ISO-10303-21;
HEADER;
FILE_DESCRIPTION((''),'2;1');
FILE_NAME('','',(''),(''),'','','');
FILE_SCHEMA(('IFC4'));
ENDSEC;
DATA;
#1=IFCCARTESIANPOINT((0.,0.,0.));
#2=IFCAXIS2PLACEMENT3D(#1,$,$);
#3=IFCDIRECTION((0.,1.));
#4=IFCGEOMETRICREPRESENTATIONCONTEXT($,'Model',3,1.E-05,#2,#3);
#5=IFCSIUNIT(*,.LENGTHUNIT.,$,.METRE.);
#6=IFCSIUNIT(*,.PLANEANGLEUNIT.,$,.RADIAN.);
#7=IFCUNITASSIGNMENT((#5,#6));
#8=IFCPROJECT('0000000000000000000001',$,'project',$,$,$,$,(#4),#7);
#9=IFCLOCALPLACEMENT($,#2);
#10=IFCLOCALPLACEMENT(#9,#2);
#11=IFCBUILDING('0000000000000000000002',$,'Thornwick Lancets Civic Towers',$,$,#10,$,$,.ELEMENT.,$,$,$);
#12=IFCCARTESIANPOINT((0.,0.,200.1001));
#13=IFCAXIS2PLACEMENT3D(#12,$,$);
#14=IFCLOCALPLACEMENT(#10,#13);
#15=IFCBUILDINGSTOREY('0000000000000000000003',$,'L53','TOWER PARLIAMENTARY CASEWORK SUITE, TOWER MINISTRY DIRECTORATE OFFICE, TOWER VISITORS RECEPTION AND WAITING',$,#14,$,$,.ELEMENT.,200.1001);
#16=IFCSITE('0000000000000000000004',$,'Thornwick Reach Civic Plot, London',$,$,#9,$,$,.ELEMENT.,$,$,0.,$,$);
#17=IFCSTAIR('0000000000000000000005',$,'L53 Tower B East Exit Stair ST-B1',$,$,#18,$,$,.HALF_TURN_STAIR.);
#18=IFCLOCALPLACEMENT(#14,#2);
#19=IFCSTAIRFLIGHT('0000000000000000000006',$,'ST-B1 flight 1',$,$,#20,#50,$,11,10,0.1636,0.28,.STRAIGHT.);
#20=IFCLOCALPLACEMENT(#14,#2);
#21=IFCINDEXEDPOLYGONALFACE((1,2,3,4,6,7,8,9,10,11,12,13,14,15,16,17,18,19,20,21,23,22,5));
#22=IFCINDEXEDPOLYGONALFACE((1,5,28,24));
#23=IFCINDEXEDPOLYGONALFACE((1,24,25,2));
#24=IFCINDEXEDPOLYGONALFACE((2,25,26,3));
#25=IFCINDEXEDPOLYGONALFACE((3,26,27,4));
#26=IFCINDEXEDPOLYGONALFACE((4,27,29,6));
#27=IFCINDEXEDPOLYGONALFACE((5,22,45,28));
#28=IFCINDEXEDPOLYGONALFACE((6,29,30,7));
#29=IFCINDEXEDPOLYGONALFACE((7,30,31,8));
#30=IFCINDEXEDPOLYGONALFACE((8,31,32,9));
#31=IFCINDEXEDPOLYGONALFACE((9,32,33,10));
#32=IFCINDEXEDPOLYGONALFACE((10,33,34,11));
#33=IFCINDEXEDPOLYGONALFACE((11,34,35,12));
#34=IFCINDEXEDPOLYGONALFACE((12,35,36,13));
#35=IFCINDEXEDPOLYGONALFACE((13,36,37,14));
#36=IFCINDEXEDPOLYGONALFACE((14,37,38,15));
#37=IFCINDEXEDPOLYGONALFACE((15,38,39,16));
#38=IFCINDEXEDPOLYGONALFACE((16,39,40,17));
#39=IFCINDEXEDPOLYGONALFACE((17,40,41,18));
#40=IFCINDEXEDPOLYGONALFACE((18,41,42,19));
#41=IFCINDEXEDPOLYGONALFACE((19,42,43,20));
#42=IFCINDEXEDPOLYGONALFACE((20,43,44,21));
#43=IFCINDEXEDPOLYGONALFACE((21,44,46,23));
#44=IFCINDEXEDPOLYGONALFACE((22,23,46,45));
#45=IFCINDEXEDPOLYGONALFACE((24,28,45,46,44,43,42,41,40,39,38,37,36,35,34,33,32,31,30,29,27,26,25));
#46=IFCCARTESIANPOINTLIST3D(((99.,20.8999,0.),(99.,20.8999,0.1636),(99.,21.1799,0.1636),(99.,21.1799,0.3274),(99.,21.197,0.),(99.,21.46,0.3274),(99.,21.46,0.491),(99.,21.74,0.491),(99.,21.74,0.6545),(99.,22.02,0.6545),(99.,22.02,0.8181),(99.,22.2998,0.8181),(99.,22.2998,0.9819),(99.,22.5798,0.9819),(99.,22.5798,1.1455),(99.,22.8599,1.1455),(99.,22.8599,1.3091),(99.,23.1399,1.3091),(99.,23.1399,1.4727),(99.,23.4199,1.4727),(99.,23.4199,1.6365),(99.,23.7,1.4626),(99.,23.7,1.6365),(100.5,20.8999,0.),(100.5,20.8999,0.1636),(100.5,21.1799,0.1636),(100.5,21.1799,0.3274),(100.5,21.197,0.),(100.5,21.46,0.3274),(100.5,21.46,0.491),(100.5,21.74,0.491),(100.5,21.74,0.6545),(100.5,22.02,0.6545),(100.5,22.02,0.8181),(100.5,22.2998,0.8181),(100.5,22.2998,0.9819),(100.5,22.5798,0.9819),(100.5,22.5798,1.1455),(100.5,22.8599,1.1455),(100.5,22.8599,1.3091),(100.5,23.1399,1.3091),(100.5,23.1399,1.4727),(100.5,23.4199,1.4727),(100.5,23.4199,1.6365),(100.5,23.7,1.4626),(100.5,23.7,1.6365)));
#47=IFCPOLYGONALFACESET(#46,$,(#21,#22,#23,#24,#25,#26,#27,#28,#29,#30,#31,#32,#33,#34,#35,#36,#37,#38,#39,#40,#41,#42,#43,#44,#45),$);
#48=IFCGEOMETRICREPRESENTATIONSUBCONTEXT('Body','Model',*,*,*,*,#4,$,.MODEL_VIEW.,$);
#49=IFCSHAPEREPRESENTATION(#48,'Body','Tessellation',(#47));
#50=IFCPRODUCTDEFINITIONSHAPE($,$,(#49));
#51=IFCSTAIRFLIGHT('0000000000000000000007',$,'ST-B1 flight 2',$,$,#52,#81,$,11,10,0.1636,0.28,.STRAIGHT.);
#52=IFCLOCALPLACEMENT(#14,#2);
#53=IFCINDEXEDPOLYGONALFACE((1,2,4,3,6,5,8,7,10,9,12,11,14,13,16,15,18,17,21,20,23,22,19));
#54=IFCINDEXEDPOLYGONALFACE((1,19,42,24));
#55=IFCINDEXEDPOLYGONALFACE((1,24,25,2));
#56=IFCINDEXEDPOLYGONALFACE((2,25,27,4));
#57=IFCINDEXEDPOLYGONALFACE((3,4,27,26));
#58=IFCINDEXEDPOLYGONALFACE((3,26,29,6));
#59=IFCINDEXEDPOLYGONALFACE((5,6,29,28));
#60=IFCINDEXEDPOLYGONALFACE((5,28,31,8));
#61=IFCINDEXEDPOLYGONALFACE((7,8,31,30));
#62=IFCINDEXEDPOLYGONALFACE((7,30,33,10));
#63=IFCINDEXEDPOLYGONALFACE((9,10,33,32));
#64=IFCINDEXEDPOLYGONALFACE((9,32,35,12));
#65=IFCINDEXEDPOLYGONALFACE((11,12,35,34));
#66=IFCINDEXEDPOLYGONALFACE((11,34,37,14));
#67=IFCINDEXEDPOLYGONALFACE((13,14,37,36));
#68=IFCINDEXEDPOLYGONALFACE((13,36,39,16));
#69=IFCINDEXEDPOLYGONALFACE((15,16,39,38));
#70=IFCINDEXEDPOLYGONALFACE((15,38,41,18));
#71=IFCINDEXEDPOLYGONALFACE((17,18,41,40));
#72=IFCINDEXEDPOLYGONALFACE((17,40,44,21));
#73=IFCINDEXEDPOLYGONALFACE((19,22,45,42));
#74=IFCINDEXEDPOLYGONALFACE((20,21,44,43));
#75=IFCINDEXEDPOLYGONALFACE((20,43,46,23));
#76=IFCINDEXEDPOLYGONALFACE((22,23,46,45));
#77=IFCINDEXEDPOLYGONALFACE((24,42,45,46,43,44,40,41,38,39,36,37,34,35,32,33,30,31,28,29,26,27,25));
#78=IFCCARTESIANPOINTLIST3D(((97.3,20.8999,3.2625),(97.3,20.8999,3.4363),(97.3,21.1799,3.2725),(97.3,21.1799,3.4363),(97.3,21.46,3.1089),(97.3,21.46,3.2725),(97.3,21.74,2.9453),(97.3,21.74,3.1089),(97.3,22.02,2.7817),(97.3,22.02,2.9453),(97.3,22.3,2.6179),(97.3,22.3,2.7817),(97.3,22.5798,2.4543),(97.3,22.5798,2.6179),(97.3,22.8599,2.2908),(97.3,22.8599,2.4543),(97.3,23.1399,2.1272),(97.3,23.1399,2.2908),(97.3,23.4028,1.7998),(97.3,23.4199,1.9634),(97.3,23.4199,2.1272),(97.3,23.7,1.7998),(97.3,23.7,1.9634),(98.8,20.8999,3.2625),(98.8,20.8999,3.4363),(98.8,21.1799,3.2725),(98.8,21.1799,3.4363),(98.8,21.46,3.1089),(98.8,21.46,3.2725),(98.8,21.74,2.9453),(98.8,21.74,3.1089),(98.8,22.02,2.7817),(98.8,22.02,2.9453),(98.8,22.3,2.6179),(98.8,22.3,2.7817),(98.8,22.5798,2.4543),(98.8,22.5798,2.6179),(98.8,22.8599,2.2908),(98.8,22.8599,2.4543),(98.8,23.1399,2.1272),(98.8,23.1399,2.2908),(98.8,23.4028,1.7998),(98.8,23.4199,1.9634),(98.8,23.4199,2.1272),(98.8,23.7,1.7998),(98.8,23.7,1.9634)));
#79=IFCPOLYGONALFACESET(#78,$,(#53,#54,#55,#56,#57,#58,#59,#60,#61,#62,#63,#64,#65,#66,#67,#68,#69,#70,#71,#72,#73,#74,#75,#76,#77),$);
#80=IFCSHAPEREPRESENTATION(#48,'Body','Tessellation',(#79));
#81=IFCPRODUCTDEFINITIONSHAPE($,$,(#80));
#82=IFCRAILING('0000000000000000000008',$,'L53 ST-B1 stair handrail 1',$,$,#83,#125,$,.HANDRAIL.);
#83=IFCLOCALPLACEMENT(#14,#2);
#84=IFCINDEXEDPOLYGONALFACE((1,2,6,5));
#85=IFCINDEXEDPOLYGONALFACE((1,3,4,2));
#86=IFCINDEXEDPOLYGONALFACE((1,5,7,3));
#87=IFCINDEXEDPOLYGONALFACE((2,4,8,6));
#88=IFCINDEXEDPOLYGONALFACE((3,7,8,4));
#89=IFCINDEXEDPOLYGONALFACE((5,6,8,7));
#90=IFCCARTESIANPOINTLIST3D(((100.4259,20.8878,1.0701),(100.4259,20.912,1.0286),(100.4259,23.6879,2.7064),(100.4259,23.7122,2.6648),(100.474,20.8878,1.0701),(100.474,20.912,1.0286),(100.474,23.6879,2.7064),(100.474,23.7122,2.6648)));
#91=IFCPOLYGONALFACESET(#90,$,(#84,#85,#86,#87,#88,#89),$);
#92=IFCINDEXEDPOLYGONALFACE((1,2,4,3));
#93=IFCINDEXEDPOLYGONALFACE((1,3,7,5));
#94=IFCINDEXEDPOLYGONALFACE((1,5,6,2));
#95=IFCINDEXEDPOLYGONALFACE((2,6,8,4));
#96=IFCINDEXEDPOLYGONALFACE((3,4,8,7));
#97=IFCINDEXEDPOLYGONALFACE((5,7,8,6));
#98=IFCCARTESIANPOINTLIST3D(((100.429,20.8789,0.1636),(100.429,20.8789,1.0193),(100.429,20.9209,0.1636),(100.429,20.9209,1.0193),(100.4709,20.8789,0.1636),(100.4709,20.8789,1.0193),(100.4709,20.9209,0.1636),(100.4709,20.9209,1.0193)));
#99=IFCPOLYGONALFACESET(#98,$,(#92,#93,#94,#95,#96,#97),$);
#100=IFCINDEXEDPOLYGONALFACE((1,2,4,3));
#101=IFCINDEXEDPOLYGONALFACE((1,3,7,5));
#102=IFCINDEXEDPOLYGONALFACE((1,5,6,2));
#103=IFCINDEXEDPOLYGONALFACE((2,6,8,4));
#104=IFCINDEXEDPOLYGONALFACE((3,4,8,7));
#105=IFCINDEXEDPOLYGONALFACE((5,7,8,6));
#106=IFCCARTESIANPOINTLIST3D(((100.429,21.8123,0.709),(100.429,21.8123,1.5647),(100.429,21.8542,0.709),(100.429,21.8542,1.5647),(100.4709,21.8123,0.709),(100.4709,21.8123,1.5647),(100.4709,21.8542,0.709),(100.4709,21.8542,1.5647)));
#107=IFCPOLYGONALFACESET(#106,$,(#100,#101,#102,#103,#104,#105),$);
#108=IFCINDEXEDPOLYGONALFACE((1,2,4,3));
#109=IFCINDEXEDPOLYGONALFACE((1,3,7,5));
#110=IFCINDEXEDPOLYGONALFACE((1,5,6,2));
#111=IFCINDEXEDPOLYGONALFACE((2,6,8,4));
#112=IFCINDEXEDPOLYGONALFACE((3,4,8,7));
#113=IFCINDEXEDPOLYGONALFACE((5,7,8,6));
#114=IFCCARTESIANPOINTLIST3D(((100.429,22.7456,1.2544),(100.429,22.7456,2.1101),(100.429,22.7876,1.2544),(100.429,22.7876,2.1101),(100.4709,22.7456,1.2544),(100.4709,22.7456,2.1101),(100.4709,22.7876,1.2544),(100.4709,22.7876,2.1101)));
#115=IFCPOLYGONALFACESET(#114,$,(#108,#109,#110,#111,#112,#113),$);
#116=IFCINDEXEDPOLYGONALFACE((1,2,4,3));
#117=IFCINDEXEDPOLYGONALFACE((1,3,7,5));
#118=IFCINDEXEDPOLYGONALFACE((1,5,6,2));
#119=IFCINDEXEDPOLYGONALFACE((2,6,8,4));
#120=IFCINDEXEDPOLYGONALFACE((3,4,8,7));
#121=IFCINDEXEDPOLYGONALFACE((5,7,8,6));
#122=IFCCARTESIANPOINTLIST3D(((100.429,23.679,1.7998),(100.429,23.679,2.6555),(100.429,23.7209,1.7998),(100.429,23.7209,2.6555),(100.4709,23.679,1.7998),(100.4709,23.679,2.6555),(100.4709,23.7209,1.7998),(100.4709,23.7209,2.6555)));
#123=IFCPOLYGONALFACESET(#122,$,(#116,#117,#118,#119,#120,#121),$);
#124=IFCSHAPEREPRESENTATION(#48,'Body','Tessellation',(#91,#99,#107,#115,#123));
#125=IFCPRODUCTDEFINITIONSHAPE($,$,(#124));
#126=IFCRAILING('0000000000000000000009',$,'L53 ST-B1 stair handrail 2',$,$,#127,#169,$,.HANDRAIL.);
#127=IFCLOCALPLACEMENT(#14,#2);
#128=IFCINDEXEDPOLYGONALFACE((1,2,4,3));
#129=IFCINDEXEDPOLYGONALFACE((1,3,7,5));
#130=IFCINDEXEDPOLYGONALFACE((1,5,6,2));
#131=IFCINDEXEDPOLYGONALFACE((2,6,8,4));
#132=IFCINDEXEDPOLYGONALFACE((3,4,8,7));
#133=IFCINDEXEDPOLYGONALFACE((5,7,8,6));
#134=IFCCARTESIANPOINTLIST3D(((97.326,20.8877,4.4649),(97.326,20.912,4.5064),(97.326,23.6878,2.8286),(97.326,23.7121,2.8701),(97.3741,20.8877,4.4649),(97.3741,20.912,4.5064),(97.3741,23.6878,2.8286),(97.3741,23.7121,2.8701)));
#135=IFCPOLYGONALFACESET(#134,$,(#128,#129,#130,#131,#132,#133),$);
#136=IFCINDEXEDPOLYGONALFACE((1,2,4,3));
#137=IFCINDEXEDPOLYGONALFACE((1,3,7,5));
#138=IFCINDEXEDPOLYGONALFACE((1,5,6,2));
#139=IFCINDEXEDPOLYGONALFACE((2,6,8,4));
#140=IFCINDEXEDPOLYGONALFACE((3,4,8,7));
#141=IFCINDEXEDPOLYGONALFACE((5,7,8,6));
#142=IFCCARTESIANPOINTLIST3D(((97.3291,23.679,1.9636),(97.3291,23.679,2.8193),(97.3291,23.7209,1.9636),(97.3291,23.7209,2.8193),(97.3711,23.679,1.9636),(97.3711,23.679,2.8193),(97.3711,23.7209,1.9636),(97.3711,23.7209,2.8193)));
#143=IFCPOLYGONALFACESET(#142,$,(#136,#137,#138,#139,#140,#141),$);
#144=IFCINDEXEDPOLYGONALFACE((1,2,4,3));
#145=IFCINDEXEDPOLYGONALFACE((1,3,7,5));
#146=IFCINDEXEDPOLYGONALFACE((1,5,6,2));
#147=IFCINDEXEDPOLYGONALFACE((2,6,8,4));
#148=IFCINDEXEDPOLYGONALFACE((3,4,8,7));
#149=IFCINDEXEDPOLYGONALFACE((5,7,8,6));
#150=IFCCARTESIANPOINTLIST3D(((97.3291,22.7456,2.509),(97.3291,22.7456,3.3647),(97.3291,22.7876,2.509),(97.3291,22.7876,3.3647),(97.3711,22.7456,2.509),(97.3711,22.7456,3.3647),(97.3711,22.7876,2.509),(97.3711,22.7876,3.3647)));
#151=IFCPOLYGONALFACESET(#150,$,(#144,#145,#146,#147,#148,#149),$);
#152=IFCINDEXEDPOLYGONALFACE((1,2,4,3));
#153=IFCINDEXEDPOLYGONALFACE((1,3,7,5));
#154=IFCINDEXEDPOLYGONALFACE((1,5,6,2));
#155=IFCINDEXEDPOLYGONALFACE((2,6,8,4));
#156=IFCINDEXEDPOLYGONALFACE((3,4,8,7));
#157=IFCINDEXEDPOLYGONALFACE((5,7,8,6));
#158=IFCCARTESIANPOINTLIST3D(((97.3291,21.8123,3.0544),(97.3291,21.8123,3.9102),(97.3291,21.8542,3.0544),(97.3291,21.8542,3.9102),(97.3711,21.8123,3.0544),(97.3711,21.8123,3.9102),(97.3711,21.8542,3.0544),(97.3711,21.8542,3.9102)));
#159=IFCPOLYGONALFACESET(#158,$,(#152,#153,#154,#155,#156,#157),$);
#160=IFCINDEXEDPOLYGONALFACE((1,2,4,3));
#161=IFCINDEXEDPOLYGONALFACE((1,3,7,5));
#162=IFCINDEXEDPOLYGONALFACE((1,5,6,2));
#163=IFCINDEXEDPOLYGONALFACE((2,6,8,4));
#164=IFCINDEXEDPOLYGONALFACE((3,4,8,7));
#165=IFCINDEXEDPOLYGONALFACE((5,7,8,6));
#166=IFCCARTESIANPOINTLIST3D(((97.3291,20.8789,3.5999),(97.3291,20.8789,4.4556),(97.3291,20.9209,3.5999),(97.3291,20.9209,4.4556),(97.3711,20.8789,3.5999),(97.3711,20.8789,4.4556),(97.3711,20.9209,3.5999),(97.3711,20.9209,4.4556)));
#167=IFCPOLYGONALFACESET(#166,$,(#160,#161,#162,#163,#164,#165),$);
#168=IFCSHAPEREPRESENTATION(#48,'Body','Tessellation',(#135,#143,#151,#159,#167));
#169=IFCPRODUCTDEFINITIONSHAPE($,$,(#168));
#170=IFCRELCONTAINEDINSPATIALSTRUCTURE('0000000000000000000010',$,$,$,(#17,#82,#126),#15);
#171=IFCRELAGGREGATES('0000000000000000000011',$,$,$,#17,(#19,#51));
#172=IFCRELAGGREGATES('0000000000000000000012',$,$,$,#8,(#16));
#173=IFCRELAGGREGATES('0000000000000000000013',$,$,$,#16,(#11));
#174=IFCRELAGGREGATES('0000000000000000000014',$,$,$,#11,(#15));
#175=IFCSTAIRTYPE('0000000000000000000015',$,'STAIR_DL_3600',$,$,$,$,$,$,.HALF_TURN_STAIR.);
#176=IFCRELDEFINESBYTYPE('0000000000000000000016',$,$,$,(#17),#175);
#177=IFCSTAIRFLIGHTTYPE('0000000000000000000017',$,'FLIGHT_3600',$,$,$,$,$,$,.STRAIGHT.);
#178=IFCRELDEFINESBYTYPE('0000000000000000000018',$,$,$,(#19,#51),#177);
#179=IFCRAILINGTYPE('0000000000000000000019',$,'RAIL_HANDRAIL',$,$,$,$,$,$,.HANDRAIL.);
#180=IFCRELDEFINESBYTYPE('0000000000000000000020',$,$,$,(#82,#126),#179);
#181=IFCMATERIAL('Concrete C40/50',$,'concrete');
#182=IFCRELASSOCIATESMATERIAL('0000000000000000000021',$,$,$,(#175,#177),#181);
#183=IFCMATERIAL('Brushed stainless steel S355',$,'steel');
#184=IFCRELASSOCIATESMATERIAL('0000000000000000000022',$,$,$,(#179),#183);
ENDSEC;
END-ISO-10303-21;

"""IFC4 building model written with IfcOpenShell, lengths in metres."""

from ifc_helpers import new_model, si_unit, direction, frame, origin, origin_2d, place, context, subcontext, project, spatial, polyline, rectangle, outline, extrude, material, type_object, element, aggregate, save


model = new_model("IFC4")

# Units and contexts
model_context = context("Model", 3, precision=1e-05, world=origin(), true_north=direction((0.0, 1.0)))
body_context = subcontext(model_context, "Body", "Model", "MODEL_VIEW")
ifc_project = project(units=[si_unit("LENGTHUNIT", "METRE"), si_unit("PLANEANGLEUNIT", "RADIAN")], contexts=[model_context])

# Site, building, storey
site_placement = place(None, origin())
site = spatial("IfcSite", under=ifc_project, at=site_placement, Name="Thornwick Reach Civic Plot, London", CompositionType="ELEMENT", RefElevation=0.0)
building_placement = place(site_placement, origin())
building = spatial("IfcBuilding", under=site, at=building_placement, Name="Thornwick Lancets Civic Towers", CompositionType="ELEMENT")
storey_placement = place(building_placement, frame((0.0, 0.0, 200.1001)))
storey = spatial("IfcBuildingStorey", under=building, at=storey_placement, Name="L53", Description="TOWER PARLIAMENTARY CASEWORK SUITE, TOWER MINISTRY DIRECTORATE OFFICE, TOWER VISITORS RECEPTION AND WAITING", CompositionType="ELEMENT", Elevation=200.1001)

# Shared definitions
ifc_material_1 = material(Name="Concrete C40/50", Category="concrete")

# Stair, stair flights
stair_type = type_object("IfcStairType", Name="STAIR_DL_3600", PredefinedType="HALF_TURN_STAIR", material=ifc_material_1)
stair_placement = place(storey_placement, origin())
stair = element("IfcStair", 1, at=stair_placement, inside=storey, type_object=stair_type, Name="L53 Tower B East Exit Stair ST-B1", PredefinedType="HALF_TURN_STAIR")
stair_flight_type = type_object("IfcStairFlightType", Name="FLIGHT_3600", PredefinedType="STRAIGHT", material=ifc_material_1)
stair_flight_1_placement = place(storey_placement, frame((99.75, 20.8999, 0.0), z_axis=(0.0, 0.0, 1.0), x_axis=(0.0, 1.0, 0.0)))
stair_flight_1 = element("IfcStairFlight", 2, at=stair_flight_1_placement, type_object=stair_flight_type, Name="ST-B1 flight 1", NumberOfRisers=11, NumberOfTreads=10, PredefinedType="STRAIGHT", RiserHeight=0.1636, TreadLength=0.28, context=body_context, shape_type="SweptSolid", body=[
    extrude(outline(polyline([(0.0, 0.0), (0.0, 0.1636), (0.28, 0.1636), (0.28, 0.3274), (0.5601, 0.3274), (0.5601, 0.491), (0.8401, 0.491), (0.8401, 0.6545), (1.1201, 0.6545), (1.1201, 0.8181), (1.3999, 0.8181), (1.3999, 0.9819), (1.6799, 0.9819), (1.6799, 1.1455), (1.96, 1.1455), (1.96, 1.3091), (2.24, 1.3091), (2.24, 1.4727), (2.52, 1.4727), (2.52, 1.6365), (2.8, 1.6365), (2.8, 1.8), (2.8, 1.4626), (0.2971, 0.0), (0.0, 0.0)])), frame((0.0, 0.75, 0.0), z_axis=(0.0, -1.0, 0.0), x_axis=(1.0, 0.0, 0.0)), (0.0, 0.0, 1.0), 1.5),
])
stair_flight_2_placement = place(storey_placement, frame((98.05, 23.7, 1.7998), z_axis=(0.0, 0.0, 1.0), x_axis=(0.0, -1.0, 0.0)))
stair_flight_2 = element("IfcStairFlight", 3, at=stair_flight_2_placement, type_object=stair_flight_type, Name="ST-B1 flight 2", NumberOfRisers=11, NumberOfTreads=10, PredefinedType="STRAIGHT", RiserHeight=0.1636, TreadLength=0.28, context=body_context, shape_type="SweptSolid", body=[
    extrude(outline(polyline([(0.0, 0.0), (0.0, 0.1636), (0.28, 0.1636), (0.28, 0.3274), (0.5601, 0.3274), (0.5601, 0.491), (0.8401, 0.491), (0.8401, 0.6545), (1.1201, 0.6545), (1.1201, 0.8181), (1.3999, 0.8181), (1.3999, 0.9819), (1.6799, 0.9819), (1.6799, 1.1455), (1.96, 1.1455), (1.96, 1.3091), (2.24, 1.3091), (2.24, 1.4727), (2.52, 1.4727), (2.52, 1.6365), (2.8, 1.6365), (2.8, 1.8), (2.8, 1.4626), (0.2971, 0.0), (0.0, 0.0)])), frame((0.0, 0.75, 0.0), z_axis=(0.0, -1.0, 0.0), x_axis=(1.0, 0.0, 0.0)), (0.0, 0.0, 1.0), 1.5),
])
aggregate(stair, [stair_flight_1, stair_flight_2])

# Railings
ifc_material_2 = material(Name="Brushed stainless steel S355", Category="steel")
railing_type_1 = type_object("IfcRailingType", Name="RAIL_HANDRAIL", PredefinedType="HANDRAIL", material=ifc_material_2)
railing_1_placement = place(storey_placement, frame((100.45, 20.8999, 0.1636)))
element("IfcRailing", 4, at=railing_1_placement, inside=storey, type_object=railing_type_1, Name="L53 ST-B1 stair handrail 1", PredefinedType="HANDRAIL", context=body_context, shape_type="SweptSolid", body=[
    extrude(rectangle(XDim=0.0481, YDim=0.0481, at=origin_2d()), frame((0.0, 0.0, 0.8857), z_axis=(0.0, 0.863394, 0.504531), x_axis=(-1.0, 0.0, 0.0)), (0.0, 0.0, 1.0), 3.2432),
    extrude(rectangle(XDim=0.042, YDim=0.042, at=origin_2d()), origin(), (0.0, 0.0, 1.0), 0.8557),
    extrude(rectangle(XDim=0.042, YDim=0.042, at=origin_2d()), frame((0.0, 0.9333, 0.5454)), (0.0, 0.0, 1.0), 0.8557),
    extrude(rectangle(XDim=0.042, YDim=0.042, at=origin_2d()), frame((0.0, 1.8667, 1.0908)), (0.0, 0.0, 1.0), 0.8557),
    extrude(rectangle(XDim=0.042, YDim=0.042, at=origin_2d()), frame((0.0, 2.8, 1.6362)), (0.0, 0.0, 1.0), 0.8557),
])
railing_2_placement = place(storey_placement, frame((97.3501, 23.7, 1.9636)))
element("IfcRailing", 5, at=railing_2_placement, inside=storey, type_object=railing_type_1, Name="L53 ST-B1 stair handrail 2", PredefinedType="HANDRAIL", context=body_context, shape_type="SweptSolid", body=[
    extrude(rectangle(XDim=0.0481, YDim=0.0481, at=origin_2d()), frame((0.0, 0.0, 0.8857), z_axis=(0.0, -0.863394, 0.504531), x_axis=(1.0, 0.0, 0.0)), (0.0, 0.0, 1.0), 3.2432),
    extrude(rectangle(XDim=0.042, YDim=0.042, at=origin_2d()), origin(), (0.0, 0.0, 1.0), 0.8557),
    extrude(rectangle(XDim=0.042, YDim=0.042, at=origin_2d()), frame((0.0, -0.9333, 0.5454)), (0.0, 0.0, 1.0), 0.8557),
    extrude(rectangle(XDim=0.042, YDim=0.042, at=origin_2d()), frame((0.0, -1.8667, 1.0908)), (0.0, 0.0, 1.0), 0.8557),
    extrude(rectangle(XDim=0.042, YDim=0.042, at=origin_2d()), frame((0.0, -2.8, 1.6362)), (0.0, 0.0, 1.0), 0.8557),
])

save(model, "model.ifc")
